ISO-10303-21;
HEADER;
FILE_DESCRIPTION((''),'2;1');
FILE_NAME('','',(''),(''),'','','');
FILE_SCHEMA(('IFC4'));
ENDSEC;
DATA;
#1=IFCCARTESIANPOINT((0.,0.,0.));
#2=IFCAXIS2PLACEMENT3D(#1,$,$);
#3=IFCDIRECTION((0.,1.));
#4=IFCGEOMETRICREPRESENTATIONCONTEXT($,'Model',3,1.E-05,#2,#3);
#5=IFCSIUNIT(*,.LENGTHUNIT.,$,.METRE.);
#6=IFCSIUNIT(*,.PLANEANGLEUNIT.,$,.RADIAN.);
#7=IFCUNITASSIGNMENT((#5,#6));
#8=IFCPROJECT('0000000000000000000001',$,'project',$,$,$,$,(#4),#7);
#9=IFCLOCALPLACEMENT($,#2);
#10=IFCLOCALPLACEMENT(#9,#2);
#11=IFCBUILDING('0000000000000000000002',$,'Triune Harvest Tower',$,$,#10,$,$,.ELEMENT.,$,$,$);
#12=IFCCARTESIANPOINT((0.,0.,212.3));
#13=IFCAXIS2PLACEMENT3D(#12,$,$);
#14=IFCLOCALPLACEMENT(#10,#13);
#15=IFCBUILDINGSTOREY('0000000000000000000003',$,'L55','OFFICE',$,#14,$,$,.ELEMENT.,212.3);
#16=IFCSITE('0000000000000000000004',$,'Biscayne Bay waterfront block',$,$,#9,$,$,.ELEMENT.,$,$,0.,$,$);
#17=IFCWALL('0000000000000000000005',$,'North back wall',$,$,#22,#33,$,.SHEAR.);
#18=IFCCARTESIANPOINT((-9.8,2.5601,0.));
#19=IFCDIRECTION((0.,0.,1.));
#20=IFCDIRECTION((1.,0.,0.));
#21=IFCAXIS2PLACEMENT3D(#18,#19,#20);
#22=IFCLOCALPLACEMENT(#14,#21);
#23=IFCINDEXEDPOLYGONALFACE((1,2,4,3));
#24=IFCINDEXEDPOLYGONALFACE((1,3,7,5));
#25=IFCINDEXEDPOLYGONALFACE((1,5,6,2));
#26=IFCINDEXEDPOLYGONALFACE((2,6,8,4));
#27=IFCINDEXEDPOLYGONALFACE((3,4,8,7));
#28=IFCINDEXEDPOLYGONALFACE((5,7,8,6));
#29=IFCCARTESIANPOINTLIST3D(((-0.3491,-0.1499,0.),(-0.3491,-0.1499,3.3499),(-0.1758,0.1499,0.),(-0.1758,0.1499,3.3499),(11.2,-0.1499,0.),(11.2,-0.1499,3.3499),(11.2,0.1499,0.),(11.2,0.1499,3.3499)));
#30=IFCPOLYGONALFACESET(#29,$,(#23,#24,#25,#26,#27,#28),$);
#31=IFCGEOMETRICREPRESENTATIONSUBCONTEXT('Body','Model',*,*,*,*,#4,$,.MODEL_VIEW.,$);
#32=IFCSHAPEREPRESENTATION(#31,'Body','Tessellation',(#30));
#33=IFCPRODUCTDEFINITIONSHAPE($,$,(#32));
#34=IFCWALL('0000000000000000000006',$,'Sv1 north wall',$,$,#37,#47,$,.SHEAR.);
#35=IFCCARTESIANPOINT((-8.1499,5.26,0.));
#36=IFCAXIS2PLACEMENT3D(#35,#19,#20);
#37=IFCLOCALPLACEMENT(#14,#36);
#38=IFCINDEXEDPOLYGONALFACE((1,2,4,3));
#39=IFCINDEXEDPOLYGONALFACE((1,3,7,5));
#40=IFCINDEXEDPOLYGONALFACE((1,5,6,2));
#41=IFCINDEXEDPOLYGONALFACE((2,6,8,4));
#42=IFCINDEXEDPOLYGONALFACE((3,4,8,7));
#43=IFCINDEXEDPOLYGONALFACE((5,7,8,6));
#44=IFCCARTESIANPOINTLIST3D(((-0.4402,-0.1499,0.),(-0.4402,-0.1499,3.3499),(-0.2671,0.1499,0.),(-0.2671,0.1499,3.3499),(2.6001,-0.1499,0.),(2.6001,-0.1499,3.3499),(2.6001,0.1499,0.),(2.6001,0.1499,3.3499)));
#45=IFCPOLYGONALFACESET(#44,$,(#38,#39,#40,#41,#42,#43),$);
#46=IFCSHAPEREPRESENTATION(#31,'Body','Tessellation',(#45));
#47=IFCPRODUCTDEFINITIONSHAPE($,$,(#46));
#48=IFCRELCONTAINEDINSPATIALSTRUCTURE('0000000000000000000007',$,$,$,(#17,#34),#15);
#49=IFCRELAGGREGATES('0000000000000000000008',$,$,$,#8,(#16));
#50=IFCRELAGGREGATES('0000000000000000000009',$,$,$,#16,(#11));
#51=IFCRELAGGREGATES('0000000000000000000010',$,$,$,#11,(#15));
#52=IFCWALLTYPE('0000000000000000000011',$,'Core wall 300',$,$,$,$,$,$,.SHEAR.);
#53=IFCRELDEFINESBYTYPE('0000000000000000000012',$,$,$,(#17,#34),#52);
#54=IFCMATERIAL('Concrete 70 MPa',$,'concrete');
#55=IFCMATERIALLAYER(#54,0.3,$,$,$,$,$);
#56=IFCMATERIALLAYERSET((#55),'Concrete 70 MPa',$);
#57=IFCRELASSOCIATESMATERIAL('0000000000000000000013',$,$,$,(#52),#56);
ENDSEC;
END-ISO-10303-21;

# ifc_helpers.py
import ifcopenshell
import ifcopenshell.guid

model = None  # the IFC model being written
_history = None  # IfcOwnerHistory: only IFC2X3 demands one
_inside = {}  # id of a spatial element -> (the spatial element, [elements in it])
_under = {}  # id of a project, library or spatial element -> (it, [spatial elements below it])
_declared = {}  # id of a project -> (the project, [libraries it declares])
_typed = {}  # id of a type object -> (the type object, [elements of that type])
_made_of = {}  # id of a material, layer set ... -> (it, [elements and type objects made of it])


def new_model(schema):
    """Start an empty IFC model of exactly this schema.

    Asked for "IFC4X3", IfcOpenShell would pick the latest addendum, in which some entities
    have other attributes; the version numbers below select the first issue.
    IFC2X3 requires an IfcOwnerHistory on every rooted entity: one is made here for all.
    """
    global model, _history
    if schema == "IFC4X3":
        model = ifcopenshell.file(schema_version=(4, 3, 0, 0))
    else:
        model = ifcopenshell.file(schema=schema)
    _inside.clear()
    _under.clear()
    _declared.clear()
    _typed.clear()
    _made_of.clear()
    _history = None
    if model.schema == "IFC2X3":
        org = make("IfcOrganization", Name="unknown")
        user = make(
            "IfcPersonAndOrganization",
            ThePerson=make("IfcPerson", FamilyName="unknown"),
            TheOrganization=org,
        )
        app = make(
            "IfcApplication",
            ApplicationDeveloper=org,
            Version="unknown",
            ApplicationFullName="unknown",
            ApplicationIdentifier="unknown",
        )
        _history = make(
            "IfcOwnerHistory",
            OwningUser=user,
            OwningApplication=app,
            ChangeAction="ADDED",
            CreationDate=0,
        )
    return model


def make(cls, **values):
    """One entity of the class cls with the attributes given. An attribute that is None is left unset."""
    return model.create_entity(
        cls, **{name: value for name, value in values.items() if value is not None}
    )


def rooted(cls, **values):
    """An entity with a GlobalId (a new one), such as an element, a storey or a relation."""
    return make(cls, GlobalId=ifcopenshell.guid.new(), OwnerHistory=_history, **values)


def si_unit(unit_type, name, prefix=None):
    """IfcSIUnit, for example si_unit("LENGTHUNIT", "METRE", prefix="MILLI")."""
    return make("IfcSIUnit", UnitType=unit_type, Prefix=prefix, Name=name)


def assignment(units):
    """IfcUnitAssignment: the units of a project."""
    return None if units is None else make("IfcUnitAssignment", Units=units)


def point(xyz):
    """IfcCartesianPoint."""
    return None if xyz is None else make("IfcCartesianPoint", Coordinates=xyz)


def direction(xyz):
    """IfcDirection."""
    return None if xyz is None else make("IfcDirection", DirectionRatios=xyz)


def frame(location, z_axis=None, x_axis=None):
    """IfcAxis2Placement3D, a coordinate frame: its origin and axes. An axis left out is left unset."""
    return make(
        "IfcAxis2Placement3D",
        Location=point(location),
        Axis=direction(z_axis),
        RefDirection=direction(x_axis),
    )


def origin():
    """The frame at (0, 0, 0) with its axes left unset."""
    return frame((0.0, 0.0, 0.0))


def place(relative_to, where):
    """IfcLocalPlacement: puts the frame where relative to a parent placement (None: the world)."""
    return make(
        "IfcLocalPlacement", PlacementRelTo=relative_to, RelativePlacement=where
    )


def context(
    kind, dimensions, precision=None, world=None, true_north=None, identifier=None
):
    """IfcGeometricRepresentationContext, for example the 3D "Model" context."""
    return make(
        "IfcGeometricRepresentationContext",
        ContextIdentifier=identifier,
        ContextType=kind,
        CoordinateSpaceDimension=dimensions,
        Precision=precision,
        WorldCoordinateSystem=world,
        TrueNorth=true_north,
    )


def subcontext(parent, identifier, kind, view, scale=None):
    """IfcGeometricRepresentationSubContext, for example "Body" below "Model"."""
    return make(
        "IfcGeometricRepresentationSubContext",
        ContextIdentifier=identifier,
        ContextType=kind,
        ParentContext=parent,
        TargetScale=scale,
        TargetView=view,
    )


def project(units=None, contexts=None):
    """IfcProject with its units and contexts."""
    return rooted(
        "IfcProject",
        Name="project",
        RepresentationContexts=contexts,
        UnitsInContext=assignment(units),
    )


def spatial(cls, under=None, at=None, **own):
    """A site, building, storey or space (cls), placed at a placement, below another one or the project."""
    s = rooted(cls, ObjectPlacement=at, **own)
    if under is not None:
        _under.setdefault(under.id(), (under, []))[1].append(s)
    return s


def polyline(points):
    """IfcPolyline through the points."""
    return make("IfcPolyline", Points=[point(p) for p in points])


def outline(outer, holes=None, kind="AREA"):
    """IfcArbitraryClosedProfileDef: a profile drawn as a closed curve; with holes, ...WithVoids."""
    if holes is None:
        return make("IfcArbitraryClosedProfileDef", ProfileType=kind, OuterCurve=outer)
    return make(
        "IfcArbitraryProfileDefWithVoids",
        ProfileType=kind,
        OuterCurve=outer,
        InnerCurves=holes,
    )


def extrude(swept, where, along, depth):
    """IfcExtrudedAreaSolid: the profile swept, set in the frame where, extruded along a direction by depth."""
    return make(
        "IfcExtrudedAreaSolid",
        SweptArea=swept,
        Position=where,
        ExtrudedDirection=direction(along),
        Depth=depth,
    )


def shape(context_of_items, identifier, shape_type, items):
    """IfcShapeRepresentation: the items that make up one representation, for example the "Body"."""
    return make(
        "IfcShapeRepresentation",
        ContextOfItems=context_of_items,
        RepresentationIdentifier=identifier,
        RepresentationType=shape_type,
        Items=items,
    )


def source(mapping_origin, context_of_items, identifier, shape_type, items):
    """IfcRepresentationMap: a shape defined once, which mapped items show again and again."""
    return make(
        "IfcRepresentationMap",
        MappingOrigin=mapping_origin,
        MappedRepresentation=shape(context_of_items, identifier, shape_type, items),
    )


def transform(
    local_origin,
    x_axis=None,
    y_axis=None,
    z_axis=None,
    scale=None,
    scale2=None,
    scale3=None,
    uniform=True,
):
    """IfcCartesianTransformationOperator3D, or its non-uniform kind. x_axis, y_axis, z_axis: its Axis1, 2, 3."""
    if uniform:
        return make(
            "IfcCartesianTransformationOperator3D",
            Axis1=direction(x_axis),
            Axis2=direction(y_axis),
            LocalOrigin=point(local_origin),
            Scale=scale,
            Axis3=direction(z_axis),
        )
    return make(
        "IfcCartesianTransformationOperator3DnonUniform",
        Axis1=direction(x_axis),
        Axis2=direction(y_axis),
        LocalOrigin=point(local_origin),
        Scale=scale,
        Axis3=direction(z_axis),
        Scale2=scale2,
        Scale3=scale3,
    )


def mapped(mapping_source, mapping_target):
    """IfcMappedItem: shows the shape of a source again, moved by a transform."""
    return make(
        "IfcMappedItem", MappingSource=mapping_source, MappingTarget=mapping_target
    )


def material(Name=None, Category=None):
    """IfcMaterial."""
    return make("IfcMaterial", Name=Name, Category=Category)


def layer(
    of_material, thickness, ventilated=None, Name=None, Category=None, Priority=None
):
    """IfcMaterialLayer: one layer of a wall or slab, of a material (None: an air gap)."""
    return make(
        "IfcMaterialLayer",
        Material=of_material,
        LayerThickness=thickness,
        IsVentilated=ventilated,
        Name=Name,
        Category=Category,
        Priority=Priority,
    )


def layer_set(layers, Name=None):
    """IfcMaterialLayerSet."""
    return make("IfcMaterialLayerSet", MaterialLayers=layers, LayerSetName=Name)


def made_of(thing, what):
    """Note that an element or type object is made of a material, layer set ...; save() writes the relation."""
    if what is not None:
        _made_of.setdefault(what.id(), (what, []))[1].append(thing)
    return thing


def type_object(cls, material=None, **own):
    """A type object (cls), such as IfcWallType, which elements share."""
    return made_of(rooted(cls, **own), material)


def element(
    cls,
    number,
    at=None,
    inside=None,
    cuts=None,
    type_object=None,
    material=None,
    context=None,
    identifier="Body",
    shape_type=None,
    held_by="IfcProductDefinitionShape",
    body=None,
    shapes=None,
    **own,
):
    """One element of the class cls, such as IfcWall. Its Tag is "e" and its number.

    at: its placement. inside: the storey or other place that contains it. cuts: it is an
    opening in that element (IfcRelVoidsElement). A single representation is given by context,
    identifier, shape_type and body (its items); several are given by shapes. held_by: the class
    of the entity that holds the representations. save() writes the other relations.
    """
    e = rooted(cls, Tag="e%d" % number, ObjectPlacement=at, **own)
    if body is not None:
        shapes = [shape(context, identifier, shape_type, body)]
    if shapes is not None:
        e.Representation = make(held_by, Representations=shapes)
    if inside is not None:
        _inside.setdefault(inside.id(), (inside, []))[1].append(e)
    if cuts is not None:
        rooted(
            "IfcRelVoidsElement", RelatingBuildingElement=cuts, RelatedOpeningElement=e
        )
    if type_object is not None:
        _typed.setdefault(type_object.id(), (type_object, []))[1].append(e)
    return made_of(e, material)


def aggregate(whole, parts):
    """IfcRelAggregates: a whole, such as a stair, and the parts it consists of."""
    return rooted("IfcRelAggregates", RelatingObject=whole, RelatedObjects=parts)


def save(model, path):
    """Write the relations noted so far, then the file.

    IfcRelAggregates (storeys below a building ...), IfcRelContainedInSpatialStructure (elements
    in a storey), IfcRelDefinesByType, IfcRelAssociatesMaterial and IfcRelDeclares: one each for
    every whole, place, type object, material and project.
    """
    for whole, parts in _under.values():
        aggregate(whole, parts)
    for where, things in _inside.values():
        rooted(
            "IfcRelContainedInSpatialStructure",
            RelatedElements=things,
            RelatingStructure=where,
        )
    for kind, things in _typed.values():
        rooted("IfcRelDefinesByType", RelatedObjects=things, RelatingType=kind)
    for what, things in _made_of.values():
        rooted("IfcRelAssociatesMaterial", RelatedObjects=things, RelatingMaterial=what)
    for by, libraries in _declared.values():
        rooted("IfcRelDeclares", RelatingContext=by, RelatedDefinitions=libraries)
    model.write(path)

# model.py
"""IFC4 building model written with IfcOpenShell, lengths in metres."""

from ifc_helpers import new_model, si_unit, direction, frame, origin, place, context, subcontext, project, spatial, polyline, outline, extrude, source, transform, mapped, material, layer, layer_set, type_object, element, save


model = new_model("IFC4")

# Units and contexts
model_context = context("Model", 3, precision=1e-05, world=origin(), true_north=direction((0.0, 1.0)))
body_context = subcontext(model_context, "Body", "Model", "MODEL_VIEW")
ifc_project = project(units=[si_unit("LENGTHUNIT", "METRE"), si_unit("PLANEANGLEUNIT", "RADIAN")], contexts=[model_context])

# Site, building, storey
site_placement = place(None, origin())
site = spatial("IfcSite", under=ifc_project, at=site_placement, Name="Biscayne Bay waterfront block", CompositionType="ELEMENT", RefElevation=0.0)
building_placement = place(site_placement, origin())
building = spatial("IfcBuilding", under=site, at=building_placement, Name="Triune Harvest Tower", CompositionType="ELEMENT")
storey_placement = place(building_placement, frame((0.0, 0.0, 212.3)))
storey = spatial("IfcBuildingStorey", under=building, at=storey_placement, Name="L55", Description="OFFICE", CompositionType="ELEMENT", Elevation=212.3)

# Shared definitions
ifc_material_1 = material(Name="Concrete 70 MPa", Category="concrete")
ifc_layer_1 = layer(ifc_material_1, 0.3)
ifc_layer_set_1 = layer_set([ifc_layer_1], Name="Concrete 70 MPa")
wall_type_1 = type_object("IfcWallType", Name="Core wall 300", PredefinedType="SHEAR", material=ifc_layer_set_1)

# Walls
shared_shape_1 = source(origin(), body_context, "Body", "SweptSolid", [
    extrude(outline(polyline([(11.2, -0.1499), (-0.3491, -0.1499), (-0.1758, 0.1499), (11.2, 0.1499), (11.2, -0.1499)])), origin(), (0.0, 0.0, 1.0), 3.3499),
])
wall_1_placement = place(storey_placement, frame((-9.8, 2.5601, 0.0), z_axis=(0.0, 0.0, 1.0), x_axis=(1.0, 0.0, 0.0)))
element("IfcWall", 1, at=wall_1_placement, inside=storey, type_object=wall_type_1, Name="North back wall", PredefinedType="SHEAR", context=body_context, shape_type="MappedRepresentation", body=[
    mapped(shared_shape_1, transform((0.0, 0.0, 0.0), scale=1.0)),
])
shared_shape_2 = source(origin(), body_context, "Body", "SweptSolid", [
    extrude(outline(polyline([(2.6001, -0.1499), (-0.4402, -0.1499), (-0.2671, 0.1499), (2.6001, 0.1499), (2.6001, -0.1499)])), origin(), (0.0, 0.0, 1.0), 3.3499),
])
wall_2_placement = place(storey_placement, frame((-8.1499, 5.26, 0.0), z_axis=(0.0, 0.0, 1.0), x_axis=(1.0, 0.0, 0.0)))
element("IfcWall", 2, at=wall_2_placement, inside=storey, type_object=wall_type_1, Name="Sv1 north wall", PredefinedType="SHEAR", context=body_context, shape_type="MappedRepresentation", body=[
    mapped(shared_shape_2, transform((0.0, 0.0, 0.0), scale=1.0)),
])

save(model, "model.ifc")
